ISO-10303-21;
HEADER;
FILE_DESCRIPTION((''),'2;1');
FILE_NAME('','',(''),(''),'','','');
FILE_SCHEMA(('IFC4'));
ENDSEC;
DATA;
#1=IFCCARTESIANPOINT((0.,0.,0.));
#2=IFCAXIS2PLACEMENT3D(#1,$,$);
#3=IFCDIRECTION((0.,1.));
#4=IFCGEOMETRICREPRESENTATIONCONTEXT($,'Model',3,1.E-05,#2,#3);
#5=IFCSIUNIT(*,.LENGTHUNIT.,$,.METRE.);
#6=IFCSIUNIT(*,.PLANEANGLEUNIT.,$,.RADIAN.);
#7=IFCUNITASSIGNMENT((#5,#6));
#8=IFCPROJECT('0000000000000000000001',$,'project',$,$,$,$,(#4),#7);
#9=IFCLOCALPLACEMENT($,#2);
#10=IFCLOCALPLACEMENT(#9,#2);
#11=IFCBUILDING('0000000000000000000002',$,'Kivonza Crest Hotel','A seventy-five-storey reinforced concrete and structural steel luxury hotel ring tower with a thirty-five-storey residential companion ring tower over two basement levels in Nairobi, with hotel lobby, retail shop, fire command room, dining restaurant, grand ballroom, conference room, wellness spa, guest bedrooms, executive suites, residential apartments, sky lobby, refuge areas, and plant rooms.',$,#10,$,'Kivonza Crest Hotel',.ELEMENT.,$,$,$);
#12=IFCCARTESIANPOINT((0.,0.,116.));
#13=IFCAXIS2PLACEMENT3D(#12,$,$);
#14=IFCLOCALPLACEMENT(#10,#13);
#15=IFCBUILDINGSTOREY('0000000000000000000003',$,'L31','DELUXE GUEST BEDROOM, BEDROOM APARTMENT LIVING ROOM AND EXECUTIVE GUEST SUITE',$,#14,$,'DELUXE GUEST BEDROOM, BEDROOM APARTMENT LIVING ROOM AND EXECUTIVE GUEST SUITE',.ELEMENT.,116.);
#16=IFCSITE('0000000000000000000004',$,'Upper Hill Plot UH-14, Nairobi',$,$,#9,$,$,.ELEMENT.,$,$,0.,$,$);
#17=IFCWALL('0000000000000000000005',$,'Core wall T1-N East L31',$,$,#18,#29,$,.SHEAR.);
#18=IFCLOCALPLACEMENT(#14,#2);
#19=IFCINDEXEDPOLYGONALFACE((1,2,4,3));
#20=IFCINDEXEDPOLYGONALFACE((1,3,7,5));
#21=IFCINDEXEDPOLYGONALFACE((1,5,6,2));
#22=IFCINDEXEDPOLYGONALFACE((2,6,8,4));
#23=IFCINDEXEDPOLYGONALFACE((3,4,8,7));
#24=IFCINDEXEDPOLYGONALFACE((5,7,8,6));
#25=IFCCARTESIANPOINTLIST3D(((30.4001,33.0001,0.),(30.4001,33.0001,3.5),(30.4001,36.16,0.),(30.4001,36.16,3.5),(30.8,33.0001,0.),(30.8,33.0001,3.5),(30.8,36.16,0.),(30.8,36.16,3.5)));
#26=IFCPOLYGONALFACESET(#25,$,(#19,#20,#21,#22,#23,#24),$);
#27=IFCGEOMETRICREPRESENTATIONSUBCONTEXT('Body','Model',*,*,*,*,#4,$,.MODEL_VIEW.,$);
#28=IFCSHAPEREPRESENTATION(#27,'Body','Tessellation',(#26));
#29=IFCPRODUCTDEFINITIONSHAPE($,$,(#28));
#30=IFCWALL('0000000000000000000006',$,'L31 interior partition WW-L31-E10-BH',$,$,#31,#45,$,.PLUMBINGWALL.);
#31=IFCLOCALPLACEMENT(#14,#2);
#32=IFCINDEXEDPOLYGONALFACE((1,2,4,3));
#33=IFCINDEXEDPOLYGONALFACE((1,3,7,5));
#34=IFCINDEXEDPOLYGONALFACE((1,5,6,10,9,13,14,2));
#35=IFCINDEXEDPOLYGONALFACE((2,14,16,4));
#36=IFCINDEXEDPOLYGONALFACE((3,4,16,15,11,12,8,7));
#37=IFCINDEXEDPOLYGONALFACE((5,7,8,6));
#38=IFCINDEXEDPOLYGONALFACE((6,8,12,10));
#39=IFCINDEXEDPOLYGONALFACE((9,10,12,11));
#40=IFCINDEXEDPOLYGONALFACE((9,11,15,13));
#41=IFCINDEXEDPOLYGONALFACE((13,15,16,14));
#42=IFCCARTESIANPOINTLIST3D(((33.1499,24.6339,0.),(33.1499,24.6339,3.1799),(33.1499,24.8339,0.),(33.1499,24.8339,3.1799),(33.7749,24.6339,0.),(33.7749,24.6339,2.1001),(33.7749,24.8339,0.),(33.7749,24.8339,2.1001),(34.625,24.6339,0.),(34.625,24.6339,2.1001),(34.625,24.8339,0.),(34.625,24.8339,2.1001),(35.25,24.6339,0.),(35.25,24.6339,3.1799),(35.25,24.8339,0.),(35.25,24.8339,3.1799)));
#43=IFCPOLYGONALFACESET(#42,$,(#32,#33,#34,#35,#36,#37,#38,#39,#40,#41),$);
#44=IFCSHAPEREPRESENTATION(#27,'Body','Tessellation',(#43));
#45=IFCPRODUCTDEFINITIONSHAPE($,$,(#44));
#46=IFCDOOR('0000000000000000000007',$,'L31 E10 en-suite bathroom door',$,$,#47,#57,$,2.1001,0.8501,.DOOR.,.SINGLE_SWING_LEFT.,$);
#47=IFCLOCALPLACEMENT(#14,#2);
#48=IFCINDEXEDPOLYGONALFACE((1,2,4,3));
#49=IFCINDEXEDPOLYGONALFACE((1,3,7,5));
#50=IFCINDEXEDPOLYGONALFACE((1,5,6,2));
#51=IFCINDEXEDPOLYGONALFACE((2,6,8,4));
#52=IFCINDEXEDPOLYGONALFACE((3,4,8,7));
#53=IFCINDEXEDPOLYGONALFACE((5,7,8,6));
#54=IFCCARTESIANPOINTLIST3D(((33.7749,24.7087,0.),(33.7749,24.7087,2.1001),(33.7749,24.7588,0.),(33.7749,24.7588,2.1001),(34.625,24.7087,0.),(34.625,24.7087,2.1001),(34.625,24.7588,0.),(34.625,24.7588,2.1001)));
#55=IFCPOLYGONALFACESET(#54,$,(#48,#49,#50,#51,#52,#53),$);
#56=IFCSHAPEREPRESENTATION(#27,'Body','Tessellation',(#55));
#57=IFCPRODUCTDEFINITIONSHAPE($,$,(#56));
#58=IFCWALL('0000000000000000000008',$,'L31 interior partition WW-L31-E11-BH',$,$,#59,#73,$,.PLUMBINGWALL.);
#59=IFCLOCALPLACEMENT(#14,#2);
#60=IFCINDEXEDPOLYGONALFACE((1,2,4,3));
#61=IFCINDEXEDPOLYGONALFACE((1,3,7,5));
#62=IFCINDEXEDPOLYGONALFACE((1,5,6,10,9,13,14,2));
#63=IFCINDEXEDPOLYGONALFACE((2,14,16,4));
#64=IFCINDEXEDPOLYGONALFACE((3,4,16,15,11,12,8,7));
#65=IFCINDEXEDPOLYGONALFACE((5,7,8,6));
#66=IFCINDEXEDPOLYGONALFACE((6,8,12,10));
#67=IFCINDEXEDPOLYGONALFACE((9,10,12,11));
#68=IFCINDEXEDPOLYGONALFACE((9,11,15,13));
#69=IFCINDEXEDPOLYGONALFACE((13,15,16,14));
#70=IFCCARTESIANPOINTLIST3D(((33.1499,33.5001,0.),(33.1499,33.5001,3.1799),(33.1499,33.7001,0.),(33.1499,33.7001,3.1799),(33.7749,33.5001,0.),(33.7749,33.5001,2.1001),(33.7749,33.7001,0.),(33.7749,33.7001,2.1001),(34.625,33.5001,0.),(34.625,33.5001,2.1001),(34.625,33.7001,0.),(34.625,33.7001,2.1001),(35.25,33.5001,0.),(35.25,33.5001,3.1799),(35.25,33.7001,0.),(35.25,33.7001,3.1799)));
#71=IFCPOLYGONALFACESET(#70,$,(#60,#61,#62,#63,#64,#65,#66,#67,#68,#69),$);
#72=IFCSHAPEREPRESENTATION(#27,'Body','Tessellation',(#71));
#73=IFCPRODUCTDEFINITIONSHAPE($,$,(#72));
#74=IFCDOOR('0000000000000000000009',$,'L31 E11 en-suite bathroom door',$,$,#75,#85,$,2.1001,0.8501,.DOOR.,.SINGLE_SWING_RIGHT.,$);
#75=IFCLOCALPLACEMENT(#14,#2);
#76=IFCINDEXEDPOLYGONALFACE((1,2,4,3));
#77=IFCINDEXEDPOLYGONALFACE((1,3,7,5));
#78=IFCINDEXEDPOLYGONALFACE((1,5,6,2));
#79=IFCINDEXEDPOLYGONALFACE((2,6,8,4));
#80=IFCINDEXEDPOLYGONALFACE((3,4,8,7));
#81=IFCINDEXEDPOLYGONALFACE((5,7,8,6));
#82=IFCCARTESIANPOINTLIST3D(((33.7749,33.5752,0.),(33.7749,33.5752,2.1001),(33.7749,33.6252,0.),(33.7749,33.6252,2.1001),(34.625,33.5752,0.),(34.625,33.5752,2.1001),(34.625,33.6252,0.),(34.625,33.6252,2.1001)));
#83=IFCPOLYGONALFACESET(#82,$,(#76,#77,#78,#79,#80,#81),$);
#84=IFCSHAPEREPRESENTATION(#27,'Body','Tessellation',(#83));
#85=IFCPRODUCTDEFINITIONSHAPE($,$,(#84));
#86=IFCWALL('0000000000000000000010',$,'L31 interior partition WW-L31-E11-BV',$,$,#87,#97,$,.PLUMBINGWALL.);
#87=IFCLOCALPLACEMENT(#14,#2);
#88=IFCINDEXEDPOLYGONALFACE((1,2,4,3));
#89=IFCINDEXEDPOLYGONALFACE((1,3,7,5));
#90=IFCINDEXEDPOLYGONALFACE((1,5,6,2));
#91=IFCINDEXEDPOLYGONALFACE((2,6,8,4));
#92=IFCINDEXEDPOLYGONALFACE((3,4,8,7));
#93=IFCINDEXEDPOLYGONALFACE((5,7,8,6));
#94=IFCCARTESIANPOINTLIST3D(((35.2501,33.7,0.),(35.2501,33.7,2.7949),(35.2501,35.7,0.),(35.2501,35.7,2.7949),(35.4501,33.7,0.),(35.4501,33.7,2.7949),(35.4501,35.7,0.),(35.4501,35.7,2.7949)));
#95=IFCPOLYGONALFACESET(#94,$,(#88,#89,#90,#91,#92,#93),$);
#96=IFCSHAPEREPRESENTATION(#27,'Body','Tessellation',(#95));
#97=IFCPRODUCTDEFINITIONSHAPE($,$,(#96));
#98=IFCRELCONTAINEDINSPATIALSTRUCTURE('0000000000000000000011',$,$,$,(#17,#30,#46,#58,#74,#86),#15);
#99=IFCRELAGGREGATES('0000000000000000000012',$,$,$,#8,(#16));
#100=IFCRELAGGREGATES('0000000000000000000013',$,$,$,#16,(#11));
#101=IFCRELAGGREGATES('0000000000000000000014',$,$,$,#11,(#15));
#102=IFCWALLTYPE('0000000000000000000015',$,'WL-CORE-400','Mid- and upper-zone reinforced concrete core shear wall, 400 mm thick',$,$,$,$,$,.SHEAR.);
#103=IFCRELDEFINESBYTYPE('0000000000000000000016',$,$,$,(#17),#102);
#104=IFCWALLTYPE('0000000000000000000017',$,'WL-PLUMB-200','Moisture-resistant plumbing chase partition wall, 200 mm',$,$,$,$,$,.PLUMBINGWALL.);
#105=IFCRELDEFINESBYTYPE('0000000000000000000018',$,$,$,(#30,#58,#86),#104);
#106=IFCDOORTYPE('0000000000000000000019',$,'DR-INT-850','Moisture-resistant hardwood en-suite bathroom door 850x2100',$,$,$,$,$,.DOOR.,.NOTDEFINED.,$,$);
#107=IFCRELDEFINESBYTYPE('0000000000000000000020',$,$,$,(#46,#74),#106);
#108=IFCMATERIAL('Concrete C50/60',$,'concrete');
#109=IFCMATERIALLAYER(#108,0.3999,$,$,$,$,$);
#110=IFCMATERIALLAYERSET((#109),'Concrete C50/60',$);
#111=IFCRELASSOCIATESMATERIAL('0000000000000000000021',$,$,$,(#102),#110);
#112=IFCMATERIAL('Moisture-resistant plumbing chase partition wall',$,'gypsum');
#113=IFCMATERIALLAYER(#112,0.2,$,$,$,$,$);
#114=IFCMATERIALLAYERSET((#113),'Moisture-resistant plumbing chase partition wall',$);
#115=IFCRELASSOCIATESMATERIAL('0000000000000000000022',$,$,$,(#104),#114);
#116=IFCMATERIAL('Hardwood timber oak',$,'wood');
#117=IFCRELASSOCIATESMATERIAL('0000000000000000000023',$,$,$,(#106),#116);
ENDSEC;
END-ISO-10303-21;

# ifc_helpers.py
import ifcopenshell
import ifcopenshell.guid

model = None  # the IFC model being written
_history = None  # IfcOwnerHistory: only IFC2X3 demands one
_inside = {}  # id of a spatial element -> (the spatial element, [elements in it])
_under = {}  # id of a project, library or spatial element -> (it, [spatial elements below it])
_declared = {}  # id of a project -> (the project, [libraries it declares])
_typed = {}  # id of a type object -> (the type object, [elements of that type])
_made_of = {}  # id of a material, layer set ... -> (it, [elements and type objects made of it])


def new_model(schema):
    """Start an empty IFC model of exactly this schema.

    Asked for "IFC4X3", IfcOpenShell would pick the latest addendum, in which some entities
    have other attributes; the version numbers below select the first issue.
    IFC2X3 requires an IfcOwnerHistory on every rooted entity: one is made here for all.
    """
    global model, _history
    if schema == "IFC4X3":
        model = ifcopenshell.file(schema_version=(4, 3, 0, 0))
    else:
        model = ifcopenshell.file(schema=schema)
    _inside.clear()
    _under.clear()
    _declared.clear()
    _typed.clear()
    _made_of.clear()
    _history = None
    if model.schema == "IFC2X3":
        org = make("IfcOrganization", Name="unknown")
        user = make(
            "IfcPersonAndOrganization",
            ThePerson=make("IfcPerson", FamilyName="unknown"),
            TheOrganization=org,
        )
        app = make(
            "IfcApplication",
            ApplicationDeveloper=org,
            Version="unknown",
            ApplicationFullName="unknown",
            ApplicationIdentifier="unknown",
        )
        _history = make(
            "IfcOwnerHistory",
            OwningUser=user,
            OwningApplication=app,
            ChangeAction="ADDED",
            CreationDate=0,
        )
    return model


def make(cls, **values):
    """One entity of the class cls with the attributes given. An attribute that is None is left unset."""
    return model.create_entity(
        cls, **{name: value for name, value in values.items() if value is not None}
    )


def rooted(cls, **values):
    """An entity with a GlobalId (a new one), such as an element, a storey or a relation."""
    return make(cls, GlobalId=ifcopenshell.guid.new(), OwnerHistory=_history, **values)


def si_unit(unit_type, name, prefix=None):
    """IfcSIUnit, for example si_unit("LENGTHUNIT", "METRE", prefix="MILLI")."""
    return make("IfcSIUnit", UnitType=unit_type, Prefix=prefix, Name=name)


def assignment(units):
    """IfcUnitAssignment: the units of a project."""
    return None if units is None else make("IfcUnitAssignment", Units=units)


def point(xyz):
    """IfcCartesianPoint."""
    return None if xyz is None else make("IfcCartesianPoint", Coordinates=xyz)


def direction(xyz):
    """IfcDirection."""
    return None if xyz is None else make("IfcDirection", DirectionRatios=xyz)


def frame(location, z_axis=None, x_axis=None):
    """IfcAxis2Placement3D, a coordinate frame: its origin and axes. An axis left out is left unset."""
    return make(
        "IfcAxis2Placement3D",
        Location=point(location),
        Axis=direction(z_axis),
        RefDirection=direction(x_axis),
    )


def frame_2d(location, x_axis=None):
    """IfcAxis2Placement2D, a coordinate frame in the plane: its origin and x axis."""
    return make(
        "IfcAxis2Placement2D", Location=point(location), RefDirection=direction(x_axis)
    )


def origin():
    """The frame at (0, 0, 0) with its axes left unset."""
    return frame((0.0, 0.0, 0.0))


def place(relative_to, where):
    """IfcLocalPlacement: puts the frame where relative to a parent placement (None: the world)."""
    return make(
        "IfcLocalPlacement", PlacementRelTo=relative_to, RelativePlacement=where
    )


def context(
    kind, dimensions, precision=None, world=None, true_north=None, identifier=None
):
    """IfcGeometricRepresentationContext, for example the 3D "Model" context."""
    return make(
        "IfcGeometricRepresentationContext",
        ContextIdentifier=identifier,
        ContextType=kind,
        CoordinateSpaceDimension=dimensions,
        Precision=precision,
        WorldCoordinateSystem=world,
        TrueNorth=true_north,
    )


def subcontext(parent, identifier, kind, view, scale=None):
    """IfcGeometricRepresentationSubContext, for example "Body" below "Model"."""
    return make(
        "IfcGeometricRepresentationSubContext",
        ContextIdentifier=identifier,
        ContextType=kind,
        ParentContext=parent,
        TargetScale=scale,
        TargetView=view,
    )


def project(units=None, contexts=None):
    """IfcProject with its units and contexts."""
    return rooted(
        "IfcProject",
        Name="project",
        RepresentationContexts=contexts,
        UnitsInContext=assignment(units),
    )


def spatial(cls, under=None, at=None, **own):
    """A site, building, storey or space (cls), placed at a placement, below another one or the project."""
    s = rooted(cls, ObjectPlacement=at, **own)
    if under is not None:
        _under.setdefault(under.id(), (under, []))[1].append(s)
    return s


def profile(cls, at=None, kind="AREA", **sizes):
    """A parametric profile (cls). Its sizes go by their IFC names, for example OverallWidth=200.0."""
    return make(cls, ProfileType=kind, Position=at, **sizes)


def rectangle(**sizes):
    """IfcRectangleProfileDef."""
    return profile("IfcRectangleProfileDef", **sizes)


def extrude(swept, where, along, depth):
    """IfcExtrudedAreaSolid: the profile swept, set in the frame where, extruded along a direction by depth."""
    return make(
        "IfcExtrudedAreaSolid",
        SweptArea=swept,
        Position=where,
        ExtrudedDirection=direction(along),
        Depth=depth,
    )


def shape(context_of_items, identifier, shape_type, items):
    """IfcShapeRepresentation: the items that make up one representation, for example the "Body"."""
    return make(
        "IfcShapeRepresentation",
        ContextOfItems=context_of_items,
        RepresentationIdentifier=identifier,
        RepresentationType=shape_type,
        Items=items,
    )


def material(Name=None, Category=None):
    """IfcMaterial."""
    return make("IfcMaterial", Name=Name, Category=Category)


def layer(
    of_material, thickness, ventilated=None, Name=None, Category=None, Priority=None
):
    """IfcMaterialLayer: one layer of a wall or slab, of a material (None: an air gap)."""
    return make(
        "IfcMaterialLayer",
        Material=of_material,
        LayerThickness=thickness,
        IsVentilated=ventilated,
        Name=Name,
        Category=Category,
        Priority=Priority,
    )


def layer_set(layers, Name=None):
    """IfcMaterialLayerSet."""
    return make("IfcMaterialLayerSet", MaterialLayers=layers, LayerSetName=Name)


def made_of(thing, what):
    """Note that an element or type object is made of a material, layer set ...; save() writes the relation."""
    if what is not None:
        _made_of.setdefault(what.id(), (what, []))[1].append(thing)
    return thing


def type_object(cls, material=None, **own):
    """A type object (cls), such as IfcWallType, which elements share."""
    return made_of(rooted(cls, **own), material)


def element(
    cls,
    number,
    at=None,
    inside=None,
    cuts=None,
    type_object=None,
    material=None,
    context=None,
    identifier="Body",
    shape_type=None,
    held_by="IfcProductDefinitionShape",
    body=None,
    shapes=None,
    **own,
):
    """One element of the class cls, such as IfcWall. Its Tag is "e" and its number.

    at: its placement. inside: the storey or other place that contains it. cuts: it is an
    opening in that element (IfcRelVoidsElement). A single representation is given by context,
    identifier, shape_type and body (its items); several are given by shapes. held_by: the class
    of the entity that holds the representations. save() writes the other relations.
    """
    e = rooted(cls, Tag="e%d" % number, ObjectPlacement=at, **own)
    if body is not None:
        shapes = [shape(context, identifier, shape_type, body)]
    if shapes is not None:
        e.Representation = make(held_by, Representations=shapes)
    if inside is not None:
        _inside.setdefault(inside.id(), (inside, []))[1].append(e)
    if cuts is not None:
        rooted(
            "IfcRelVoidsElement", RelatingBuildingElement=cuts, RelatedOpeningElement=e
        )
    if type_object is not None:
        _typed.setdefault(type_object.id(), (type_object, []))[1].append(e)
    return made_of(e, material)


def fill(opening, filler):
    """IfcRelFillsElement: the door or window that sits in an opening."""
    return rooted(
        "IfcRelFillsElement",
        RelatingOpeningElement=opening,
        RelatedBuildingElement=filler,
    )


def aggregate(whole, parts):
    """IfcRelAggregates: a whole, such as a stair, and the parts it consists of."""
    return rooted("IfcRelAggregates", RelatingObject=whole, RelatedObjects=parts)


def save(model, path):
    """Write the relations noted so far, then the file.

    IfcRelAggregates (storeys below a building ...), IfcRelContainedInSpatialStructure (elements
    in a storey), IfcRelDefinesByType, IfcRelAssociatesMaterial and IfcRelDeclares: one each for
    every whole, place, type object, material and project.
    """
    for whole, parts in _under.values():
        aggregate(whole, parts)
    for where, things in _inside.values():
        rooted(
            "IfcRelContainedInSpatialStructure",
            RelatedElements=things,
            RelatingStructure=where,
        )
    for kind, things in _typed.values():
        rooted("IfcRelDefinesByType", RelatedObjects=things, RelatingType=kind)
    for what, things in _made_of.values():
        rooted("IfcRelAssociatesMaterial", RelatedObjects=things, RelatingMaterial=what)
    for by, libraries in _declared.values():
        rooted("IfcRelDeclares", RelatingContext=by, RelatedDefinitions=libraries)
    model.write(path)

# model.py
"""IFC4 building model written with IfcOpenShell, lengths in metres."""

from ifc_helpers import new_model, si_unit, direction, frame, frame_2d, origin, place, context, subcontext, project, spatial, rectangle, extrude, material, layer, layer_set, type_object, element, fill, save


model = new_model("IFC4")

# Units and contexts
model_context = context("Model", 3, precision=1e-05, world=origin(), true_north=direction((0.0, 1.0)))
body_context = subcontext(model_context, "Body", "Model", "MODEL_VIEW")
ifc_project = project(units=[si_unit("LENGTHUNIT", "METRE"), si_unit("PLANEANGLEUNIT", "RADIAN")], contexts=[model_context])

# Site, building, storey
site_placement = place(None, origin())
site = spatial("IfcSite", under=ifc_project, at=site_placement, Name="Upper Hill Plot UH-14, Nairobi", CompositionType="ELEMENT", RefElevation=0.0)
building_placement = place(site_placement, origin())
building = spatial("IfcBuilding", under=site, at=building_placement, Name="Kivonza Crest Hotel", Description="A seventy-five-storey reinforced concrete and structural steel luxury hotel ring tower with a thirty-five-storey residential companion ring tower over two basement levels in Nairobi, with hotel lobby, retail shop, fire command room, dining restaurant, grand ballroom, conference room, wellness spa, guest bedrooms, executive suites, residential apartments, sky lobby, refuge areas, and plant rooms.", LongName="Kivonza Crest Hotel", CompositionType="ELEMENT")
storey_placement = place(building_placement, frame((0.0, 0.0, 116.0)))
storey = spatial("IfcBuildingStorey", under=building, at=storey_placement, Name="L31", Description="DELUXE GUEST BEDROOM, BEDROOM APARTMENT LIVING ROOM AND EXECUTIVE GUEST SUITE", LongName="DELUXE GUEST BEDROOM, BEDROOM APARTMENT LIVING ROOM AND EXECUTIVE GUEST SUITE", CompositionType="ELEMENT", Elevation=116.0)

# Shared definitions
ifc_material_1 = material(Name="Concrete C50/60", Category="concrete")

# Shared definitions
ifc_material_2 = material(Name="Hardwood timber oak", Category="wood")

# Wall
ifc_layer_1 = layer(ifc_material_1, 0.3999)
ifc_layer_set_1 = layer_set([ifc_layer_1], Name="Concrete C50/60")
wall_type_1 = type_object("IfcWallType", Name="WL-CORE-400", Description="Mid- and upper-zone reinforced concrete core shear wall, 400 mm thick", PredefinedType="SHEAR", material=ifc_layer_set_1)
wall_1_placement = place(storey_placement, frame((30.6001, 33.0, 0.0), z_axis=(0.0, 0.0, 1.0), x_axis=(0.0, 1.0, 0.0)))
element("IfcWall", 1, at=wall_1_placement, inside=storey, type_object=wall_type_1, Name="Core wall T1-N East L31", PredefinedType="SHEAR", context=body_context, shape_type="SweptSolid", body=[
    extrude(rectangle(XDim=3.1599, YDim=0.3999, at=frame_2d((1.5801, 0.0))), origin(), (0.0, 0.0, 1.0), 3.5),
])

# Walls, openings, doors
ifc_material_3 = material(Name="Moisture-resistant plumbing chase partition wall", Category="gypsum")
ifc_layer_2 = layer(ifc_material_3, 0.2)
ifc_layer_set_2 = layer_set([ifc_layer_2], Name="Moisture-resistant plumbing chase partition wall")
wall_type_2 = type_object("IfcWallType", Name="WL-PLUMB-200", Description="Moisture-resistant plumbing chase partition wall, 200 mm", PredefinedType="PLUMBINGWALL", material=ifc_layer_set_2)
wall_2_placement = place(storey_placement, frame((33.1499, 24.7339, 0.0), z_axis=(0.0, 0.0, 1.0), x_axis=(1.0, 0.0, 0.0)))
wall_2 = element("IfcWall", 2, at=wall_2_placement, inside=storey, type_object=wall_type_2, Name="L31 interior partition WW-L31-E10-BH", PredefinedType="PLUMBINGWALL", context=body_context, shape_type="SweptSolid", body=[
    extrude(rectangle(XDim=2.1001, YDim=0.2, at=frame_2d((1.05, 0.0))), origin(), (0.0, 0.0, 1.0), 3.1799),
])
opening_1_placement = place(wall_2_placement, frame((0.625, 0.0, 0.0)))
opening_1 = element("IfcOpeningElement", 3, at=opening_1_placement, cuts=wall_2, PredefinedType="OPENING", context=body_context, shape_type="SweptSolid", body=[
    extrude(rectangle(XDim=0.8501, YDim=2.1001, at=frame_2d((0.425, 1.05))), frame((0.0, 0.1099, 0.0), z_axis=(0.0, -1.0, 0.0), x_axis=(1.0, 0.0, 0.0)), (0.0, 0.0, 1.0), 0.22),
])
door_type_1 = type_object("IfcDoorType", Name="DR-INT-850", Description="Moisture-resistant hardwood en-suite bathroom door 850x2100", OperationType="NOTDEFINED", PredefinedType="DOOR", material=ifc_material_2)
door_1_placement = place(opening_1_placement, origin())
door_1 = element("IfcDoor", 4, at=door_1_placement, inside=storey, type_object=door_type_1, Name="L31 E10 en-suite bathroom door", OperationType="SINGLE_SWING_LEFT", OverallHeight=2.1001, OverallWidth=0.8501, PredefinedType="DOOR", context=body_context, shape_type="SweptSolid", body=[
    extrude(rectangle(XDim=0.8501, YDim=2.1001, at=frame_2d((0.425, 1.05))), frame((0.0, 0.0249, 0.0), z_axis=(0.0, -1.0, 0.0), x_axis=(1.0, 0.0, 0.0)), (0.0, 0.0, 1.0), 0.05),
])
fill(opening_1, door_1)
wall_3_placement = place(storey_placement, frame((33.1499, 33.6001, 0.0), z_axis=(0.0, 0.0, 1.0), x_axis=(1.0, 0.0, 0.0)))
wall_3 = element("IfcWall", 5, at=wall_3_placement, inside=storey, type_object=wall_type_2, Name="L31 interior partition WW-L31-E11-BH", PredefinedType="PLUMBINGWALL", context=body_context, shape_type="SweptSolid", body=[
    extrude(rectangle(XDim=2.1001, YDim=0.2, at=frame_2d((1.05, 0.0))), origin(), (0.0, 0.0, 1.0), 3.1799),
])
opening_2_placement = place(wall_3_placement, frame((0.625, 0.0, 0.0)))
opening_2 = element("IfcOpeningElement", 6, at=opening_2_placement, cuts=wall_3, PredefinedType="OPENING", context=body_context, shape_type="SweptSolid", body=[
    extrude(rectangle(XDim=0.8501, YDim=2.1001, at=frame_2d((0.425, 1.05))), frame((0.0, 0.1099, 0.0), z_axis=(0.0, -1.0, 0.0), x_axis=(1.0, 0.0, 0.0)), (0.0, 0.0, 1.0), 0.22),
])
door_2_placement = place(opening_2_placement, frame((0.8501, 0.0, 0.0), z_axis=(0.0, 0.0, 1.0), x_axis=(-1.0, 0.0, 0.0)))
door_2 = element("IfcDoor", 7, at=door_2_placement, inside=storey, type_object=door_type_1, Name="L31 E11 en-suite bathroom door", OperationType="SINGLE_SWING_RIGHT", OverallHeight=2.1001, OverallWidth=0.8501, PredefinedType="DOOR", context=body_context, shape_type="SweptSolid", body=[
    extrude(rectangle(XDim=0.8501, YDim=2.1001, at=frame_2d((0.425, 1.05))), frame((0.0, 0.0249, 0.0), z_axis=(0.0, -1.0, 0.0), x_axis=(1.0, 0.0, 0.0)), (0.0, 0.0, 1.0), 0.05),
])
fill(opening_2, door_2)

# Wall
wall_4_placement = place(storey_placement, frame((35.3501, 33.7, 0.0), z_axis=(0.0, 0.0, 1.0), x_axis=(0.0, 1.0, 0.0)))
element("IfcWall", 8, at=wall_4_placement, inside=storey, type_object=wall_type_2, Name="L31 interior partition WW-L31-E11-BV", PredefinedType="PLUMBINGWALL", context=body_context, shape_type="SweptSolid", body=[
    extrude(rectangle(XDim=2.0, YDim=0.2, at=frame_2d((1.0, 0.0))), origin(), (0.0, 0.0, 1.0), 2.7949),
])

save(model, "model.ifc")
